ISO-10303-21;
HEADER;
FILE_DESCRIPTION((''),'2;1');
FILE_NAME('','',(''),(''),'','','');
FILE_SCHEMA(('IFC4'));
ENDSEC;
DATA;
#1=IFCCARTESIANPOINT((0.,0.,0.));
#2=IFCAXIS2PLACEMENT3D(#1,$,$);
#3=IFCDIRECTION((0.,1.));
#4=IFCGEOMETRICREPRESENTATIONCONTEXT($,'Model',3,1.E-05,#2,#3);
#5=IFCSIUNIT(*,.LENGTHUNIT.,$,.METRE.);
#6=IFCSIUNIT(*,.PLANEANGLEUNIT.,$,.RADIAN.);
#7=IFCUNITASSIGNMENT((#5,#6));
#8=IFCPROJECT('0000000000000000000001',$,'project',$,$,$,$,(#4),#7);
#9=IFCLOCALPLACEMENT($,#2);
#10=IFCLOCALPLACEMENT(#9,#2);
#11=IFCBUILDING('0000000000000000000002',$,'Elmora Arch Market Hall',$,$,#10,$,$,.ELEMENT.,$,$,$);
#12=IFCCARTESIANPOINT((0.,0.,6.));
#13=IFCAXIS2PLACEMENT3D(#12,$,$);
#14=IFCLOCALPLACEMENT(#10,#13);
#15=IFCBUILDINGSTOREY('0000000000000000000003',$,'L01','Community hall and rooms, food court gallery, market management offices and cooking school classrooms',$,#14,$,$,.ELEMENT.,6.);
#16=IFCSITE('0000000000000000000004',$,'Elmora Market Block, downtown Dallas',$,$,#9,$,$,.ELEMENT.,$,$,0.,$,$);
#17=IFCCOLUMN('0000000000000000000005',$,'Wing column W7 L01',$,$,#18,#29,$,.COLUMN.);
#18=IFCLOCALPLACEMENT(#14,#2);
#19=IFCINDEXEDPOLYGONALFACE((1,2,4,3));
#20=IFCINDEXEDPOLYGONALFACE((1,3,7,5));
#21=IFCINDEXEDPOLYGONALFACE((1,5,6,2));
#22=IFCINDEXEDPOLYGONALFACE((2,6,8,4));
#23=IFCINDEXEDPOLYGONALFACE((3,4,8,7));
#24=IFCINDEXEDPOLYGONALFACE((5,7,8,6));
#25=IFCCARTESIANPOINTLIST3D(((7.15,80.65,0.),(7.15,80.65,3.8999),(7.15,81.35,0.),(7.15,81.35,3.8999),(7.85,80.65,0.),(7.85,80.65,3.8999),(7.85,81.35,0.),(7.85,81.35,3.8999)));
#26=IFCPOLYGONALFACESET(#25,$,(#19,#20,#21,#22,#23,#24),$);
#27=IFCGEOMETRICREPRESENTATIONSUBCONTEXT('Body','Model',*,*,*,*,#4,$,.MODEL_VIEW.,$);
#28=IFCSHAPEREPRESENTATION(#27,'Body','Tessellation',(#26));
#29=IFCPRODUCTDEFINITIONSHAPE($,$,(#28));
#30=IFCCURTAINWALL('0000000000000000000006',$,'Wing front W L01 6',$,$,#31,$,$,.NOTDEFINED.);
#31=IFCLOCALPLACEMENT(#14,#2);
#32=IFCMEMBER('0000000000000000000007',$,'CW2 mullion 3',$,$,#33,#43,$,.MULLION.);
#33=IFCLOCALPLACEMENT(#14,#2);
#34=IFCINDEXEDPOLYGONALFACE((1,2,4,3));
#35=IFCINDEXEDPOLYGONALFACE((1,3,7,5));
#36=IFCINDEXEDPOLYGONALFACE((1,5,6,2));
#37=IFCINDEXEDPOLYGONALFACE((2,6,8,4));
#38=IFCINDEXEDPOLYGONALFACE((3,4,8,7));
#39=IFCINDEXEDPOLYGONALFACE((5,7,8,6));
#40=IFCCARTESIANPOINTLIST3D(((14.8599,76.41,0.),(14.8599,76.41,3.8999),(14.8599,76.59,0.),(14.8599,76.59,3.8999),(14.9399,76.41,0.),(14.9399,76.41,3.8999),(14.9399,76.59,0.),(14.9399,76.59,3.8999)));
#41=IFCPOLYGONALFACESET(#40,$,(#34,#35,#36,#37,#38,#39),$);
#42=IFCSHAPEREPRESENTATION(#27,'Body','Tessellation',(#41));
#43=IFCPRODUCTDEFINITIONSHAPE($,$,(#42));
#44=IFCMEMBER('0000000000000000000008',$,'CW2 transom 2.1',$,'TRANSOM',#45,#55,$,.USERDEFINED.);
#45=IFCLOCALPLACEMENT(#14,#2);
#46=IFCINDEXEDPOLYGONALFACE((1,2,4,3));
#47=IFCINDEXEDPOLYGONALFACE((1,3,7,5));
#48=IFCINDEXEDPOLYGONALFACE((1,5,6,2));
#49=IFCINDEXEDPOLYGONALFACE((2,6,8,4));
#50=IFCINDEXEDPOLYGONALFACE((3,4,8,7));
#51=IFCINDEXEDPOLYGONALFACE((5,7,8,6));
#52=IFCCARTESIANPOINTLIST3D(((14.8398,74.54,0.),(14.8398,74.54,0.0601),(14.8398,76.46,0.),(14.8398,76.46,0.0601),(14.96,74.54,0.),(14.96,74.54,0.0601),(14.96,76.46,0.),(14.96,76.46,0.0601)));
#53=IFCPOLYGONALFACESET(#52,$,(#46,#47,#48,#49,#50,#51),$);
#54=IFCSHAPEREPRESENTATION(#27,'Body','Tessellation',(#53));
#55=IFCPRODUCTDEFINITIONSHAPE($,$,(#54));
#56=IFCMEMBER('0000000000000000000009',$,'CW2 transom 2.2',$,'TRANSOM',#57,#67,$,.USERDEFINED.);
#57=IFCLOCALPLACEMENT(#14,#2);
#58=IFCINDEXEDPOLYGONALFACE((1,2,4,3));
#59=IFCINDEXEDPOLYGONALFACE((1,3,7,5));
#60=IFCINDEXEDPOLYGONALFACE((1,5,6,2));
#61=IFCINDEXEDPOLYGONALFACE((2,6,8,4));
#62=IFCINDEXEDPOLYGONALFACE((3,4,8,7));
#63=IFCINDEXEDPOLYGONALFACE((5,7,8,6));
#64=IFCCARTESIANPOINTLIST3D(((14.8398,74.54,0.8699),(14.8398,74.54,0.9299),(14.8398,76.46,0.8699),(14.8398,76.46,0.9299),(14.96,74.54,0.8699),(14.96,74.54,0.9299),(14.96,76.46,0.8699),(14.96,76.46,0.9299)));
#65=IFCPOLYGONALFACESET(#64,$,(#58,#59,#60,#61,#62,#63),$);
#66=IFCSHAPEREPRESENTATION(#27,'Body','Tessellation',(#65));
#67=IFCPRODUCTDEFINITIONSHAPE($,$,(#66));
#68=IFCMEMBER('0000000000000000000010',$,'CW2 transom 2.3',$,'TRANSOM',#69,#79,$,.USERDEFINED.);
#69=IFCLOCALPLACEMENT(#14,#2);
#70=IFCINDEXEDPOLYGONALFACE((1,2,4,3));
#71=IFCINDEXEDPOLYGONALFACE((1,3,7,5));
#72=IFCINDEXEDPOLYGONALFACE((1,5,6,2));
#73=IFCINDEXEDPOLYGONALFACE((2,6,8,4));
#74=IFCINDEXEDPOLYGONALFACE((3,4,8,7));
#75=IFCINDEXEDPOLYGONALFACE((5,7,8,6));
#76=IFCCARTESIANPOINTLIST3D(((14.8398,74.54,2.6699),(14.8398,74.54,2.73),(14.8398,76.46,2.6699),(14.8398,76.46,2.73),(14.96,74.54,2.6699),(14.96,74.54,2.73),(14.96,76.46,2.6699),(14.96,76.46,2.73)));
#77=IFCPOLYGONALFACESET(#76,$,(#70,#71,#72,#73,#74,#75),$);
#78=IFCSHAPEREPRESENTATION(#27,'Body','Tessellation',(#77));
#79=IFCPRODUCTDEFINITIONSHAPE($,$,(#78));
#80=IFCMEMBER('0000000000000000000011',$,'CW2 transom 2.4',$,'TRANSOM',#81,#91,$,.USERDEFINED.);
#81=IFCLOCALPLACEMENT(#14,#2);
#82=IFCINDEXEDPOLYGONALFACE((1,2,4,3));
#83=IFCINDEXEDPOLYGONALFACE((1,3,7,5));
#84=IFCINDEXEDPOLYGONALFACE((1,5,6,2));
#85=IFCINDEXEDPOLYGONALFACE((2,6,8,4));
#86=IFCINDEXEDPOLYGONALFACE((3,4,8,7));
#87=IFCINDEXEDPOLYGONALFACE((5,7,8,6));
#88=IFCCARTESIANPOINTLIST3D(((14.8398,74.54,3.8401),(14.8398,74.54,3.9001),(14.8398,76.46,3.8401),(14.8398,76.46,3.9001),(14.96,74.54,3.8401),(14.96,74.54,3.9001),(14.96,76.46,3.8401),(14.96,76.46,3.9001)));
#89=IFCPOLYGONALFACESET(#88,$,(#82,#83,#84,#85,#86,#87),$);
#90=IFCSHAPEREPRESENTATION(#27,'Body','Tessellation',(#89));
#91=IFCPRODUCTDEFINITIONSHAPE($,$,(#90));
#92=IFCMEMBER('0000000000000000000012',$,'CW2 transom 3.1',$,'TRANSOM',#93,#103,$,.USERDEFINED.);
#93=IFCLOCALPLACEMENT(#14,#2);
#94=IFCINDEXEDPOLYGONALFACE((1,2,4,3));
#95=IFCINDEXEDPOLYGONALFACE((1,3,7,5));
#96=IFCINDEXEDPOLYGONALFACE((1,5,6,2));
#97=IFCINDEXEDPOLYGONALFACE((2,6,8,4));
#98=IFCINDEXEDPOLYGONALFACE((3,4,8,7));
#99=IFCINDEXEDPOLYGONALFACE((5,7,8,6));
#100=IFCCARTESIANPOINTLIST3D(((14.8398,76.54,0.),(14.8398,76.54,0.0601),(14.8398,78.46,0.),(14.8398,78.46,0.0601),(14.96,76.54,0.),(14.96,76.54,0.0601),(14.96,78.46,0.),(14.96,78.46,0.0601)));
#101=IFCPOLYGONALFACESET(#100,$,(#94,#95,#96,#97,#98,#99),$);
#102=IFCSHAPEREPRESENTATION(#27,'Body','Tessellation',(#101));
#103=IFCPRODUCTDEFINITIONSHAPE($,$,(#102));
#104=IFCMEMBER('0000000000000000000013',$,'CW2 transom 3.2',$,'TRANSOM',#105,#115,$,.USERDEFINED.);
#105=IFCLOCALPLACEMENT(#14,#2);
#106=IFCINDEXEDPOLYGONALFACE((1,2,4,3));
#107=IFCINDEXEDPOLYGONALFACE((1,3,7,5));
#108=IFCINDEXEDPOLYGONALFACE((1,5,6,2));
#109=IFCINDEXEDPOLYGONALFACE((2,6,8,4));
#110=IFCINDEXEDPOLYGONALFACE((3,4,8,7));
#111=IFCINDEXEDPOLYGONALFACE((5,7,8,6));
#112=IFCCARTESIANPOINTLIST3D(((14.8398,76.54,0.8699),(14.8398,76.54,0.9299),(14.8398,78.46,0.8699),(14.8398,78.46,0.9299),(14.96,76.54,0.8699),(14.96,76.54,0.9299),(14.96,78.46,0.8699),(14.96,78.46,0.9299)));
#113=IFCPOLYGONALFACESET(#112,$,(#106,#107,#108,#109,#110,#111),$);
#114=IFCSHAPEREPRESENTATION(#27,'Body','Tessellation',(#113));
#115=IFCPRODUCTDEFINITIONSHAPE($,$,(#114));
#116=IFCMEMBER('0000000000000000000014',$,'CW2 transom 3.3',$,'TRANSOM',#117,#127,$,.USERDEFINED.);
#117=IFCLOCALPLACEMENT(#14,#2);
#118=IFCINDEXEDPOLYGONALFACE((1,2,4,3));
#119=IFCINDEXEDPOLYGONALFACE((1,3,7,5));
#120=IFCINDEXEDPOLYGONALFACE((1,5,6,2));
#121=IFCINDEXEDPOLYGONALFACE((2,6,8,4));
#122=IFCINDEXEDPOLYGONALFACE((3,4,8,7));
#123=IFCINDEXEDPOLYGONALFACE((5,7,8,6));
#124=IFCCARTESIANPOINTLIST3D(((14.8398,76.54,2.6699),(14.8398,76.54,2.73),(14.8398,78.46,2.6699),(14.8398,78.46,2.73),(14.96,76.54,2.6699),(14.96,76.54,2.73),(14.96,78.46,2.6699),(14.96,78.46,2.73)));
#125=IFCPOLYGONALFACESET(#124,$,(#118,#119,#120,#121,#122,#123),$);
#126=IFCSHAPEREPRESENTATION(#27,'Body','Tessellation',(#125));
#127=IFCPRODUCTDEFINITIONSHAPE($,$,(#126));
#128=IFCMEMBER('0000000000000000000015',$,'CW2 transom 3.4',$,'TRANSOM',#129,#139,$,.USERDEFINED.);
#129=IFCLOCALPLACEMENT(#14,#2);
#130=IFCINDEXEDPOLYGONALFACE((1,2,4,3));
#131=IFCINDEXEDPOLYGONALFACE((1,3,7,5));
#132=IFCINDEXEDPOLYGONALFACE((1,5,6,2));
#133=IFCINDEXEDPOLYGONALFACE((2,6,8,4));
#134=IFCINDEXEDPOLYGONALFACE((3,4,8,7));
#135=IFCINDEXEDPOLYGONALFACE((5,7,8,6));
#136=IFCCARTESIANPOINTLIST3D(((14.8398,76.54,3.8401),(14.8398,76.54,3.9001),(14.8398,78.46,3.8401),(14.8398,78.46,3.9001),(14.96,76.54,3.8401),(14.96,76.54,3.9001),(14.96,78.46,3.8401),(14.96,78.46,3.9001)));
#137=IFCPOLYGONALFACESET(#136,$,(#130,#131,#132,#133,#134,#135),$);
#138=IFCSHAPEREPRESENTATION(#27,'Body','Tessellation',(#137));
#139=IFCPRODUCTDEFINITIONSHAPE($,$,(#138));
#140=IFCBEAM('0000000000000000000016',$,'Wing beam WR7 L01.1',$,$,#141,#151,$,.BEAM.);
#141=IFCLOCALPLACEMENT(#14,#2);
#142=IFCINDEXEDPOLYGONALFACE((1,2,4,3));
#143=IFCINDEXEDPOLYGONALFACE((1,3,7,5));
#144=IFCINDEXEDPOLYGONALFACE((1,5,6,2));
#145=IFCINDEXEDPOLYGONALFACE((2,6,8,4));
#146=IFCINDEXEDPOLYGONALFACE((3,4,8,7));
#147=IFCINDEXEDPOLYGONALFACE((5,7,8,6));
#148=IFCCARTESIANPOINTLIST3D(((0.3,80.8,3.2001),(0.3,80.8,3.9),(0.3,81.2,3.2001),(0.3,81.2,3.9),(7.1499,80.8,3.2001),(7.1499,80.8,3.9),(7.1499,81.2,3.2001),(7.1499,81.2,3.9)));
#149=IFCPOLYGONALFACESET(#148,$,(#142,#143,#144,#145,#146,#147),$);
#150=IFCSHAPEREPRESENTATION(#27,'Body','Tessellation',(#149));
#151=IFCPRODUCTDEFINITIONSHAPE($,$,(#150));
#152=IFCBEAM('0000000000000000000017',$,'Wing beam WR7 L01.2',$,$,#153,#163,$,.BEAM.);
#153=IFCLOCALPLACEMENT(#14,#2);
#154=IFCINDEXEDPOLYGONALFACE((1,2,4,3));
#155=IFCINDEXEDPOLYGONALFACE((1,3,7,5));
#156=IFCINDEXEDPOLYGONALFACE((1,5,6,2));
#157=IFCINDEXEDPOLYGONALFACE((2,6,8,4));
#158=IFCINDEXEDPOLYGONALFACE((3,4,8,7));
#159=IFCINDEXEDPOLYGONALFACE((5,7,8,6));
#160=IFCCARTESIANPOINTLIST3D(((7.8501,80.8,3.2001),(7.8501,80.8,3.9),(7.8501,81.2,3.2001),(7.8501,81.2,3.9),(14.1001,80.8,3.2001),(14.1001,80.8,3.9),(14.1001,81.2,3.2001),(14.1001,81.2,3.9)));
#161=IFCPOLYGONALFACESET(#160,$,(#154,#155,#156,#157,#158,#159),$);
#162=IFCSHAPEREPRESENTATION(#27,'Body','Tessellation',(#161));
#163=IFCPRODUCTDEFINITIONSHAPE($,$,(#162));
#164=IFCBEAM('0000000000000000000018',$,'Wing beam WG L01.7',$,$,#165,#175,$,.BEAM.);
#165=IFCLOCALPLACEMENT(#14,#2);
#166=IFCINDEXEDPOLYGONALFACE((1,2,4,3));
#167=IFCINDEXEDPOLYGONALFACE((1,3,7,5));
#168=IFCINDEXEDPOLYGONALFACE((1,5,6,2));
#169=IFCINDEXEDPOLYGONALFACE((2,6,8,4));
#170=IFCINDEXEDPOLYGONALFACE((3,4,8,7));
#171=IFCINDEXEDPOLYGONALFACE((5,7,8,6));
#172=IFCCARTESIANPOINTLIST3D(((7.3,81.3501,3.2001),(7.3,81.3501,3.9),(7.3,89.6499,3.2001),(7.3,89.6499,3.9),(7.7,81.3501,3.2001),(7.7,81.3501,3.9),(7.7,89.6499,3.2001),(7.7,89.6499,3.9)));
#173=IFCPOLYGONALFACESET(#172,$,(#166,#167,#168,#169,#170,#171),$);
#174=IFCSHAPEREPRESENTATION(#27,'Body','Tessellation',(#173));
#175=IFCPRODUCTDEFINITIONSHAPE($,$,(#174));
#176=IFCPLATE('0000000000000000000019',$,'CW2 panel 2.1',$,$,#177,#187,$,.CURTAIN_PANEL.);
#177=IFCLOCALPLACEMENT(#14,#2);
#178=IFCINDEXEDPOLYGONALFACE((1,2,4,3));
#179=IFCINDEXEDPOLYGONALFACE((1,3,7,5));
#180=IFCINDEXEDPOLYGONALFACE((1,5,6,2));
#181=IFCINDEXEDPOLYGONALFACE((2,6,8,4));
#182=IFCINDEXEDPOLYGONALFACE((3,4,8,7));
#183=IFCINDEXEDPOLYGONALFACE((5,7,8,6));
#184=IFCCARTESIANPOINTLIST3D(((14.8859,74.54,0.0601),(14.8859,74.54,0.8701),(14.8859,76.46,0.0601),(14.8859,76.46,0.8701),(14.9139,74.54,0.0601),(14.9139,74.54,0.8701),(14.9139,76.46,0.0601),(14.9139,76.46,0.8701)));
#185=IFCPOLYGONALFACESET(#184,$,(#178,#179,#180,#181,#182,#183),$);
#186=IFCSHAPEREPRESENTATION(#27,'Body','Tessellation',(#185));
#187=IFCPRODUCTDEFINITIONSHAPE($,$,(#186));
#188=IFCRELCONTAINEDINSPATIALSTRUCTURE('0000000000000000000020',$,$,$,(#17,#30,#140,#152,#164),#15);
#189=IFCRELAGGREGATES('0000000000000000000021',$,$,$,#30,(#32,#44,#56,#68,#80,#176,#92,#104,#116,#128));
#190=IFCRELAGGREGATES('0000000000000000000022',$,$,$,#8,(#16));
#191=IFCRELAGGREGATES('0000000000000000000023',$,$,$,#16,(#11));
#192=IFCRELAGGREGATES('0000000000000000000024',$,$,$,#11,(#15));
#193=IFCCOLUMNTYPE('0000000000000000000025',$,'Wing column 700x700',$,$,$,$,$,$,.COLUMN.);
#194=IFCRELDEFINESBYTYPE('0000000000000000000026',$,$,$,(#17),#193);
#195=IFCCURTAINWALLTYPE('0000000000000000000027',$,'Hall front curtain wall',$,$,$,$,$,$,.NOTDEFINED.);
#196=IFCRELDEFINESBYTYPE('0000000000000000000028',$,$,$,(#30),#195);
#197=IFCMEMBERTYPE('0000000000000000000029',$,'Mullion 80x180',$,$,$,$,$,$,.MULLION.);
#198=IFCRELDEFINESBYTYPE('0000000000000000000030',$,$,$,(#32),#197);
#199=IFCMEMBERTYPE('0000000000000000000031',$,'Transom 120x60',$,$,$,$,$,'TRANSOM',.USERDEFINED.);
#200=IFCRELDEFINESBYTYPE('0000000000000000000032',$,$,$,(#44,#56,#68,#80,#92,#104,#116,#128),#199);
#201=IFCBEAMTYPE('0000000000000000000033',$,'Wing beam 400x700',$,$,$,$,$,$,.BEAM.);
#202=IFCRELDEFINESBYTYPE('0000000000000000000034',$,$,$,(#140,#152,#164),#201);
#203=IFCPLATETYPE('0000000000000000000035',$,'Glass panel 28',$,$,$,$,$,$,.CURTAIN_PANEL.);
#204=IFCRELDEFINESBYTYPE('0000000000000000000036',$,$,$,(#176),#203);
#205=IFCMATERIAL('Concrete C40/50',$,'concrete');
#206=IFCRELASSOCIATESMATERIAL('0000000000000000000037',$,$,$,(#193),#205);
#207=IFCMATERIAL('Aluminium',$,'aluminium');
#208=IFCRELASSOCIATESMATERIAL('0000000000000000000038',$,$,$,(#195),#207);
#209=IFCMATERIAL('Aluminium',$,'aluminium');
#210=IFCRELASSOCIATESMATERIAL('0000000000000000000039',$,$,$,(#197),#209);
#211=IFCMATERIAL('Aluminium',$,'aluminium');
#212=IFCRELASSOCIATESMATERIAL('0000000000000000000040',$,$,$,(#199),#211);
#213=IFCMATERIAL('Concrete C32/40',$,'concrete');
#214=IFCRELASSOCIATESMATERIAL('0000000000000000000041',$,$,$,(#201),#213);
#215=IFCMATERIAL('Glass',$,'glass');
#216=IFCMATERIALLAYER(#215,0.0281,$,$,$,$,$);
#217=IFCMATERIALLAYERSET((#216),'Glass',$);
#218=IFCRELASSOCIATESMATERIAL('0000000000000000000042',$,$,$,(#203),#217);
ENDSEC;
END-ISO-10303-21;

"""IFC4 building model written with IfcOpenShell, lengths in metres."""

from ifc_helpers import new_model, si_unit, direction, frame, origin, origin_2d, place, context, subcontext, project, spatial, rectangle, extrude, material, layer, layer_set, material_profile, profile_set, type_object, element, aggregate, save


model = new_model("IFC4")

# Units and contexts
model_context = context("Model", 3, precision=1e-05, world=origin(), true_north=direction((0.0, 1.0)))
body_context = subcontext(model_context, "Body", "Model", "MODEL_VIEW")
ifc_project = project(units=[si_unit("LENGTHUNIT", "METRE"), si_unit("PLANEANGLEUNIT", "RADIAN")], contexts=[model_context])

# Site, building, storey
site_placement = place(None, origin())
site = spatial("IfcSite", under=ifc_project, at=site_placement, Name="Elmora Market Block, downtown Dallas", CompositionType="ELEMENT", RefElevation=0.0)
building_placement = place(site_placement, origin())
building = spatial("IfcBuilding", under=site, at=building_placement, Name="Elmora Arch Market Hall", CompositionType="ELEMENT")
storey_placement = place(building_placement, frame((0.0, 0.0, 6.0)))
storey = spatial("IfcBuildingStorey", under=building, at=storey_placement, Name="L01", Description="Community hall and rooms, food court gallery, market management offices and cooking school classrooms", CompositionType="ELEMENT", Elevation=6.0)

# Column
ifc_material_1 = material(Name="Concrete C40/50", Category="concrete")
ifc_material_profile_1 = material_profile(ifc_material_1, rectangle(XDim=0.7, YDim=0.7, at=origin_2d()), Name="Wing column 700x700")
ifc_profile_set_1 = profile_set([ifc_material_profile_1], Name="Concrete C40/50")
column_type = type_object("IfcColumnType", Name="Wing column 700x700", PredefinedType="COLUMN", material=ifc_profile_set_1)
column_placement = place(storey_placement, frame((7.5, 81.0, 0.0), z_axis=(0.0, 0.0, 1.0), x_axis=(1.0, 0.0, 0.0)))
element("IfcColumn", 1, at=column_placement, inside=storey, type_object=column_type, Name="Wing column W7 L01", PredefinedType="COLUMN", context=body_context, shape_type="SweptSolid", body=[
    extrude(rectangle(XDim=0.7, YDim=0.7, at=origin_2d()), origin(), (0.0, 0.0, 1.0), 3.8999),
])

# Curtain wall, members
ifc_material_2 = material(Name="Aluminium", Category="aluminium")
curtain_wall_type = type_object("IfcCurtainWallType", Name="Hall front curtain wall", PredefinedType="NOTDEFINED", material=ifc_material_2)
curtain_wall_placement = place(storey_placement, origin())
curtain_wall = element("IfcCurtainWall", 2, at=curtain_wall_placement, inside=storey, type_object=curtain_wall_type, Name="Wing front W L01 6", PredefinedType="NOTDEFINED")
ifc_material_3 = material(Name="Aluminium", Category="aluminium")
ifc_material_profile_2 = material_profile(ifc_material_3, rectangle(XDim=0.0801, YDim=0.1799, at=origin_2d()), Name="AL 80x180")
ifc_profile_set_2 = profile_set([ifc_material_profile_2], Name="Aluminium")
member_type_1 = type_object("IfcMemberType", Name="Mullion 80x180", PredefinedType="MULLION", material=ifc_profile_set_2)
member_1_placement = place(storey_placement, frame((14.8999, 76.5, 0.0), z_axis=(0.0, 0.0, 1.0), x_axis=(-1.0, 0.0, 0.0)))
member_1 = element("IfcMember", 3, at=member_1_placement, type_object=member_type_1, Name="CW2 mullion 3", PredefinedType="MULLION", context=body_context, shape_type="SweptSolid", body=[
    extrude(rectangle(XDim=0.0801, YDim=0.1799, at=origin_2d()), origin(), (0.0, 0.0, 1.0), 3.8999),
])
ifc_material_4 = material(Name="Aluminium", Category="aluminium")
ifc_material_profile_3 = material_profile(ifc_material_4, rectangle(XDim=0.1201, YDim=0.0601, at=origin_2d()), Name="AL 120x60")
ifc_profile_set_3 = profile_set([ifc_material_profile_3], Name="Aluminium")
member_type_2 = type_object("IfcMemberType", Name="Transom 120x60", ElementType="TRANSOM", PredefinedType="USERDEFINED", material=ifc_profile_set_3)
member_2_placement = place(storey_placement, frame((14.8999, 74.54, 0.03), z_axis=(0.0, 1.0, 0.0), x_axis=(-1.0, 0.0, 0.0)))
member_2 = element("IfcMember", 4, at=member_2_placement, type_object=member_type_2, Name="CW2 transom 2.1", ObjectType="TRANSOM", PredefinedType="USERDEFINED", context=body_context, shape_type="SweptSolid", body=[
    extrude(rectangle(XDim=0.1201, YDim=0.0601, at=origin_2d()), origin(), (0.0, 0.0, 1.0), 1.9199),
])
member_3_placement = place(storey_placement, frame((14.8999, 74.54, 0.8999), z_axis=(0.0, 1.0, 0.0), x_axis=(-1.0, 0.0, 0.0)))
member_3 = element("IfcMember", 5, at=member_3_placement, type_object=member_type_2, Name="CW2 transom 2.2", ObjectType="TRANSOM", PredefinedType="USERDEFINED", context=body_context, shape_type="SweptSolid", body=[
    extrude(rectangle(XDim=0.1201, YDim=0.0601, at=origin_2d()), origin(), (0.0, 0.0, 1.0), 1.9199),
])
member_4_placement = place(storey_placement, frame((14.8999, 74.54, 2.7), z_axis=(0.0, 1.0, 0.0), x_axis=(-1.0, 0.0, 0.0)))
member_4 = element("IfcMember", 6, at=member_4_placement, type_object=member_type_2, Name="CW2 transom 2.3", ObjectType="TRANSOM", PredefinedType="USERDEFINED", context=body_context, shape_type="SweptSolid", body=[
    extrude(rectangle(XDim=0.1201, YDim=0.0601, at=origin_2d()), origin(), (0.0, 0.0, 1.0), 1.9199),
])
member_5_placement = place(storey_placement, frame((14.8999, 74.54, 3.8701), z_axis=(0.0, 1.0, 0.0), x_axis=(-1.0, 0.0, 0.0)))
member_5 = element("IfcMember", 7, at=member_5_placement, type_object=member_type_2, Name="CW2 transom 2.4", ObjectType="TRANSOM", PredefinedType="USERDEFINED", context=body_context, shape_type="SweptSolid", body=[
    extrude(rectangle(XDim=0.1201, YDim=0.0601, at=origin_2d()), origin(), (0.0, 0.0, 1.0), 1.9199),
])
member_6_placement = place(storey_placement, frame((14.8999, 76.54, 0.03), z_axis=(0.0, 1.0, 0.0), x_axis=(-1.0, 0.0, 0.0)))
member_6 = element("IfcMember", 8, at=member_6_placement, type_object=member_type_2, Name="CW2 transom 3.1", ObjectType="TRANSOM", PredefinedType="USERDEFINED", context=body_context, shape_type="SweptSolid", body=[
    extrude(rectangle(XDim=0.1201, YDim=0.0601, at=origin_2d()), origin(), (0.0, 0.0, 1.0), 1.9199),
])
member_7_placement = place(storey_placement, frame((14.8999, 76.54, 0.8999), z_axis=(0.0, 1.0, 0.0), x_axis=(-1.0, 0.0, 0.0)))
member_7 = element("IfcMember", 9, at=member_7_placement, type_object=member_type_2, Name="CW2 transom 3.2", ObjectType="TRANSOM", PredefinedType="USERDEFINED", context=body_context, shape_type="SweptSolid", body=[
    extrude(rectangle(XDim=0.1201, YDim=0.0601, at=origin_2d()), origin(), (0.0, 0.0, 1.0), 1.9199),
])
member_8_placement = place(storey_placement, frame((14.8999, 76.54, 2.7), z_axis=(0.0, 1.0, 0.0), x_axis=(-1.0, 0.0, 0.0)))
member_8 = element("IfcMember", 10, at=member_8_placement, type_object=member_type_2, Name="CW2 transom 3.3", ObjectType="TRANSOM", PredefinedType="USERDEFINED", context=body_context, shape_type="SweptSolid", body=[
    extrude(rectangle(XDim=0.1201, YDim=0.0601, at=origin_2d()), origin(), (0.0, 0.0, 1.0), 1.9199),
])
member_9_placement = place(storey_placement, frame((14.8999, 76.54, 3.8701), z_axis=(0.0, 1.0, 0.0), x_axis=(-1.0, 0.0, 0.0)))
member_9 = element("IfcMember", 11, at=member_9_placement, type_object=member_type_2, Name="CW2 transom 3.4", ObjectType="TRANSOM", PredefinedType="USERDEFINED", context=body_context, shape_type="SweptSolid", body=[
    extrude(rectangle(XDim=0.1201, YDim=0.0601, at=origin_2d()), origin(), (0.0, 0.0, 1.0), 1.9199),
])

# Beams
ifc_material_5 = material(Name="Concrete C32/40", Category="concrete")
ifc_material_profile_4 = material_profile(ifc_material_5, rectangle(XDim=0.3999, YDim=0.7, at=origin_2d()), Name="Wing beam 400x700")
ifc_profile_set_4 = profile_set([ifc_material_profile_4], Name="Concrete C32/40")
beam_type = type_object("IfcBeamType", Name="Wing beam 400x700", PredefinedType="BEAM", material=ifc_profile_set_4)
beam_1_placement = place(storey_placement, frame((0.3, 81.0, 3.55), z_axis=(1.0, 0.0, 0.0), x_axis=(0.0, 1.0, 0.0)))
element("IfcBeam", 12, at=beam_1_placement, inside=storey, type_object=beam_type, Name="Wing beam WR7 L01.1", PredefinedType="BEAM", context=body_context, shape_type="SweptSolid", body=[
    extrude(rectangle(XDim=0.3999, YDim=0.7, at=origin_2d()), origin(), (0.0, 0.0, 1.0), 6.8499),
])
beam_2_placement = place(storey_placement, frame((7.8501, 81.0, 3.55), z_axis=(1.0, 0.0, 0.0), x_axis=(0.0, 1.0, 0.0)))
element("IfcBeam", 13, at=beam_2_placement, inside=storey, type_object=beam_type, Name="Wing beam WR7 L01.2", PredefinedType="BEAM", context=body_context, shape_type="SweptSolid", body=[
    extrude(rectangle(XDim=0.3999, YDim=0.7, at=origin_2d()), origin(), (0.0, 0.0, 1.0), 6.25),
])
beam_3_placement = place(storey_placement, frame((7.5, 81.3501, 3.55), z_axis=(0.0, 1.0, 0.0), x_axis=(-1.0, 0.0, 0.0)))
element("IfcBeam", 14, at=beam_3_placement, inside=storey, type_object=beam_type, Name="Wing beam WG L01.7", PredefinedType="BEAM", context=body_context, shape_type="SweptSolid", body=[
    extrude(rectangle(XDim=0.3999, YDim=0.7, at=origin_2d()), origin(), (0.0, 0.0, 1.0), 8.2998),
])

# Plate
ifc_material_6 = material(Name="Glass", Category="glass")
ifc_layer_1 = layer(ifc_material_6, 0.0281)
ifc_layer_set_1 = layer_set([ifc_layer_1], Name="Glass")
plate_type = type_object("IfcPlateType", Name="Glass panel 28", PredefinedType="CURTAIN_PANEL", material=ifc_layer_set_1)
plate_1_placement = place(storey_placement, frame((14.8999, 75.5, 0.0601), z_axis=(0.0, 0.0, 1.0), x_axis=(0.0, 1.0, 0.0)))
plate_1 = element("IfcPlate", 15, at=plate_1_placement, type_object=plate_type, Name="CW2 panel 2.1", PredefinedType="CURTAIN_PANEL", context=body_context, shape_type="SweptSolid", body=[
    extrude(rectangle(XDim=1.9199, YDim=0.0281, at=origin_2d()), origin(), (0.0, 0.0, 1.0), 0.8101),
])
aggregate(curtain_wall, [member_1, member_2, member_3, member_4, member_5, plate_1, member_6, member_7, member_8, member_9])

save(model, "model.ifc")
